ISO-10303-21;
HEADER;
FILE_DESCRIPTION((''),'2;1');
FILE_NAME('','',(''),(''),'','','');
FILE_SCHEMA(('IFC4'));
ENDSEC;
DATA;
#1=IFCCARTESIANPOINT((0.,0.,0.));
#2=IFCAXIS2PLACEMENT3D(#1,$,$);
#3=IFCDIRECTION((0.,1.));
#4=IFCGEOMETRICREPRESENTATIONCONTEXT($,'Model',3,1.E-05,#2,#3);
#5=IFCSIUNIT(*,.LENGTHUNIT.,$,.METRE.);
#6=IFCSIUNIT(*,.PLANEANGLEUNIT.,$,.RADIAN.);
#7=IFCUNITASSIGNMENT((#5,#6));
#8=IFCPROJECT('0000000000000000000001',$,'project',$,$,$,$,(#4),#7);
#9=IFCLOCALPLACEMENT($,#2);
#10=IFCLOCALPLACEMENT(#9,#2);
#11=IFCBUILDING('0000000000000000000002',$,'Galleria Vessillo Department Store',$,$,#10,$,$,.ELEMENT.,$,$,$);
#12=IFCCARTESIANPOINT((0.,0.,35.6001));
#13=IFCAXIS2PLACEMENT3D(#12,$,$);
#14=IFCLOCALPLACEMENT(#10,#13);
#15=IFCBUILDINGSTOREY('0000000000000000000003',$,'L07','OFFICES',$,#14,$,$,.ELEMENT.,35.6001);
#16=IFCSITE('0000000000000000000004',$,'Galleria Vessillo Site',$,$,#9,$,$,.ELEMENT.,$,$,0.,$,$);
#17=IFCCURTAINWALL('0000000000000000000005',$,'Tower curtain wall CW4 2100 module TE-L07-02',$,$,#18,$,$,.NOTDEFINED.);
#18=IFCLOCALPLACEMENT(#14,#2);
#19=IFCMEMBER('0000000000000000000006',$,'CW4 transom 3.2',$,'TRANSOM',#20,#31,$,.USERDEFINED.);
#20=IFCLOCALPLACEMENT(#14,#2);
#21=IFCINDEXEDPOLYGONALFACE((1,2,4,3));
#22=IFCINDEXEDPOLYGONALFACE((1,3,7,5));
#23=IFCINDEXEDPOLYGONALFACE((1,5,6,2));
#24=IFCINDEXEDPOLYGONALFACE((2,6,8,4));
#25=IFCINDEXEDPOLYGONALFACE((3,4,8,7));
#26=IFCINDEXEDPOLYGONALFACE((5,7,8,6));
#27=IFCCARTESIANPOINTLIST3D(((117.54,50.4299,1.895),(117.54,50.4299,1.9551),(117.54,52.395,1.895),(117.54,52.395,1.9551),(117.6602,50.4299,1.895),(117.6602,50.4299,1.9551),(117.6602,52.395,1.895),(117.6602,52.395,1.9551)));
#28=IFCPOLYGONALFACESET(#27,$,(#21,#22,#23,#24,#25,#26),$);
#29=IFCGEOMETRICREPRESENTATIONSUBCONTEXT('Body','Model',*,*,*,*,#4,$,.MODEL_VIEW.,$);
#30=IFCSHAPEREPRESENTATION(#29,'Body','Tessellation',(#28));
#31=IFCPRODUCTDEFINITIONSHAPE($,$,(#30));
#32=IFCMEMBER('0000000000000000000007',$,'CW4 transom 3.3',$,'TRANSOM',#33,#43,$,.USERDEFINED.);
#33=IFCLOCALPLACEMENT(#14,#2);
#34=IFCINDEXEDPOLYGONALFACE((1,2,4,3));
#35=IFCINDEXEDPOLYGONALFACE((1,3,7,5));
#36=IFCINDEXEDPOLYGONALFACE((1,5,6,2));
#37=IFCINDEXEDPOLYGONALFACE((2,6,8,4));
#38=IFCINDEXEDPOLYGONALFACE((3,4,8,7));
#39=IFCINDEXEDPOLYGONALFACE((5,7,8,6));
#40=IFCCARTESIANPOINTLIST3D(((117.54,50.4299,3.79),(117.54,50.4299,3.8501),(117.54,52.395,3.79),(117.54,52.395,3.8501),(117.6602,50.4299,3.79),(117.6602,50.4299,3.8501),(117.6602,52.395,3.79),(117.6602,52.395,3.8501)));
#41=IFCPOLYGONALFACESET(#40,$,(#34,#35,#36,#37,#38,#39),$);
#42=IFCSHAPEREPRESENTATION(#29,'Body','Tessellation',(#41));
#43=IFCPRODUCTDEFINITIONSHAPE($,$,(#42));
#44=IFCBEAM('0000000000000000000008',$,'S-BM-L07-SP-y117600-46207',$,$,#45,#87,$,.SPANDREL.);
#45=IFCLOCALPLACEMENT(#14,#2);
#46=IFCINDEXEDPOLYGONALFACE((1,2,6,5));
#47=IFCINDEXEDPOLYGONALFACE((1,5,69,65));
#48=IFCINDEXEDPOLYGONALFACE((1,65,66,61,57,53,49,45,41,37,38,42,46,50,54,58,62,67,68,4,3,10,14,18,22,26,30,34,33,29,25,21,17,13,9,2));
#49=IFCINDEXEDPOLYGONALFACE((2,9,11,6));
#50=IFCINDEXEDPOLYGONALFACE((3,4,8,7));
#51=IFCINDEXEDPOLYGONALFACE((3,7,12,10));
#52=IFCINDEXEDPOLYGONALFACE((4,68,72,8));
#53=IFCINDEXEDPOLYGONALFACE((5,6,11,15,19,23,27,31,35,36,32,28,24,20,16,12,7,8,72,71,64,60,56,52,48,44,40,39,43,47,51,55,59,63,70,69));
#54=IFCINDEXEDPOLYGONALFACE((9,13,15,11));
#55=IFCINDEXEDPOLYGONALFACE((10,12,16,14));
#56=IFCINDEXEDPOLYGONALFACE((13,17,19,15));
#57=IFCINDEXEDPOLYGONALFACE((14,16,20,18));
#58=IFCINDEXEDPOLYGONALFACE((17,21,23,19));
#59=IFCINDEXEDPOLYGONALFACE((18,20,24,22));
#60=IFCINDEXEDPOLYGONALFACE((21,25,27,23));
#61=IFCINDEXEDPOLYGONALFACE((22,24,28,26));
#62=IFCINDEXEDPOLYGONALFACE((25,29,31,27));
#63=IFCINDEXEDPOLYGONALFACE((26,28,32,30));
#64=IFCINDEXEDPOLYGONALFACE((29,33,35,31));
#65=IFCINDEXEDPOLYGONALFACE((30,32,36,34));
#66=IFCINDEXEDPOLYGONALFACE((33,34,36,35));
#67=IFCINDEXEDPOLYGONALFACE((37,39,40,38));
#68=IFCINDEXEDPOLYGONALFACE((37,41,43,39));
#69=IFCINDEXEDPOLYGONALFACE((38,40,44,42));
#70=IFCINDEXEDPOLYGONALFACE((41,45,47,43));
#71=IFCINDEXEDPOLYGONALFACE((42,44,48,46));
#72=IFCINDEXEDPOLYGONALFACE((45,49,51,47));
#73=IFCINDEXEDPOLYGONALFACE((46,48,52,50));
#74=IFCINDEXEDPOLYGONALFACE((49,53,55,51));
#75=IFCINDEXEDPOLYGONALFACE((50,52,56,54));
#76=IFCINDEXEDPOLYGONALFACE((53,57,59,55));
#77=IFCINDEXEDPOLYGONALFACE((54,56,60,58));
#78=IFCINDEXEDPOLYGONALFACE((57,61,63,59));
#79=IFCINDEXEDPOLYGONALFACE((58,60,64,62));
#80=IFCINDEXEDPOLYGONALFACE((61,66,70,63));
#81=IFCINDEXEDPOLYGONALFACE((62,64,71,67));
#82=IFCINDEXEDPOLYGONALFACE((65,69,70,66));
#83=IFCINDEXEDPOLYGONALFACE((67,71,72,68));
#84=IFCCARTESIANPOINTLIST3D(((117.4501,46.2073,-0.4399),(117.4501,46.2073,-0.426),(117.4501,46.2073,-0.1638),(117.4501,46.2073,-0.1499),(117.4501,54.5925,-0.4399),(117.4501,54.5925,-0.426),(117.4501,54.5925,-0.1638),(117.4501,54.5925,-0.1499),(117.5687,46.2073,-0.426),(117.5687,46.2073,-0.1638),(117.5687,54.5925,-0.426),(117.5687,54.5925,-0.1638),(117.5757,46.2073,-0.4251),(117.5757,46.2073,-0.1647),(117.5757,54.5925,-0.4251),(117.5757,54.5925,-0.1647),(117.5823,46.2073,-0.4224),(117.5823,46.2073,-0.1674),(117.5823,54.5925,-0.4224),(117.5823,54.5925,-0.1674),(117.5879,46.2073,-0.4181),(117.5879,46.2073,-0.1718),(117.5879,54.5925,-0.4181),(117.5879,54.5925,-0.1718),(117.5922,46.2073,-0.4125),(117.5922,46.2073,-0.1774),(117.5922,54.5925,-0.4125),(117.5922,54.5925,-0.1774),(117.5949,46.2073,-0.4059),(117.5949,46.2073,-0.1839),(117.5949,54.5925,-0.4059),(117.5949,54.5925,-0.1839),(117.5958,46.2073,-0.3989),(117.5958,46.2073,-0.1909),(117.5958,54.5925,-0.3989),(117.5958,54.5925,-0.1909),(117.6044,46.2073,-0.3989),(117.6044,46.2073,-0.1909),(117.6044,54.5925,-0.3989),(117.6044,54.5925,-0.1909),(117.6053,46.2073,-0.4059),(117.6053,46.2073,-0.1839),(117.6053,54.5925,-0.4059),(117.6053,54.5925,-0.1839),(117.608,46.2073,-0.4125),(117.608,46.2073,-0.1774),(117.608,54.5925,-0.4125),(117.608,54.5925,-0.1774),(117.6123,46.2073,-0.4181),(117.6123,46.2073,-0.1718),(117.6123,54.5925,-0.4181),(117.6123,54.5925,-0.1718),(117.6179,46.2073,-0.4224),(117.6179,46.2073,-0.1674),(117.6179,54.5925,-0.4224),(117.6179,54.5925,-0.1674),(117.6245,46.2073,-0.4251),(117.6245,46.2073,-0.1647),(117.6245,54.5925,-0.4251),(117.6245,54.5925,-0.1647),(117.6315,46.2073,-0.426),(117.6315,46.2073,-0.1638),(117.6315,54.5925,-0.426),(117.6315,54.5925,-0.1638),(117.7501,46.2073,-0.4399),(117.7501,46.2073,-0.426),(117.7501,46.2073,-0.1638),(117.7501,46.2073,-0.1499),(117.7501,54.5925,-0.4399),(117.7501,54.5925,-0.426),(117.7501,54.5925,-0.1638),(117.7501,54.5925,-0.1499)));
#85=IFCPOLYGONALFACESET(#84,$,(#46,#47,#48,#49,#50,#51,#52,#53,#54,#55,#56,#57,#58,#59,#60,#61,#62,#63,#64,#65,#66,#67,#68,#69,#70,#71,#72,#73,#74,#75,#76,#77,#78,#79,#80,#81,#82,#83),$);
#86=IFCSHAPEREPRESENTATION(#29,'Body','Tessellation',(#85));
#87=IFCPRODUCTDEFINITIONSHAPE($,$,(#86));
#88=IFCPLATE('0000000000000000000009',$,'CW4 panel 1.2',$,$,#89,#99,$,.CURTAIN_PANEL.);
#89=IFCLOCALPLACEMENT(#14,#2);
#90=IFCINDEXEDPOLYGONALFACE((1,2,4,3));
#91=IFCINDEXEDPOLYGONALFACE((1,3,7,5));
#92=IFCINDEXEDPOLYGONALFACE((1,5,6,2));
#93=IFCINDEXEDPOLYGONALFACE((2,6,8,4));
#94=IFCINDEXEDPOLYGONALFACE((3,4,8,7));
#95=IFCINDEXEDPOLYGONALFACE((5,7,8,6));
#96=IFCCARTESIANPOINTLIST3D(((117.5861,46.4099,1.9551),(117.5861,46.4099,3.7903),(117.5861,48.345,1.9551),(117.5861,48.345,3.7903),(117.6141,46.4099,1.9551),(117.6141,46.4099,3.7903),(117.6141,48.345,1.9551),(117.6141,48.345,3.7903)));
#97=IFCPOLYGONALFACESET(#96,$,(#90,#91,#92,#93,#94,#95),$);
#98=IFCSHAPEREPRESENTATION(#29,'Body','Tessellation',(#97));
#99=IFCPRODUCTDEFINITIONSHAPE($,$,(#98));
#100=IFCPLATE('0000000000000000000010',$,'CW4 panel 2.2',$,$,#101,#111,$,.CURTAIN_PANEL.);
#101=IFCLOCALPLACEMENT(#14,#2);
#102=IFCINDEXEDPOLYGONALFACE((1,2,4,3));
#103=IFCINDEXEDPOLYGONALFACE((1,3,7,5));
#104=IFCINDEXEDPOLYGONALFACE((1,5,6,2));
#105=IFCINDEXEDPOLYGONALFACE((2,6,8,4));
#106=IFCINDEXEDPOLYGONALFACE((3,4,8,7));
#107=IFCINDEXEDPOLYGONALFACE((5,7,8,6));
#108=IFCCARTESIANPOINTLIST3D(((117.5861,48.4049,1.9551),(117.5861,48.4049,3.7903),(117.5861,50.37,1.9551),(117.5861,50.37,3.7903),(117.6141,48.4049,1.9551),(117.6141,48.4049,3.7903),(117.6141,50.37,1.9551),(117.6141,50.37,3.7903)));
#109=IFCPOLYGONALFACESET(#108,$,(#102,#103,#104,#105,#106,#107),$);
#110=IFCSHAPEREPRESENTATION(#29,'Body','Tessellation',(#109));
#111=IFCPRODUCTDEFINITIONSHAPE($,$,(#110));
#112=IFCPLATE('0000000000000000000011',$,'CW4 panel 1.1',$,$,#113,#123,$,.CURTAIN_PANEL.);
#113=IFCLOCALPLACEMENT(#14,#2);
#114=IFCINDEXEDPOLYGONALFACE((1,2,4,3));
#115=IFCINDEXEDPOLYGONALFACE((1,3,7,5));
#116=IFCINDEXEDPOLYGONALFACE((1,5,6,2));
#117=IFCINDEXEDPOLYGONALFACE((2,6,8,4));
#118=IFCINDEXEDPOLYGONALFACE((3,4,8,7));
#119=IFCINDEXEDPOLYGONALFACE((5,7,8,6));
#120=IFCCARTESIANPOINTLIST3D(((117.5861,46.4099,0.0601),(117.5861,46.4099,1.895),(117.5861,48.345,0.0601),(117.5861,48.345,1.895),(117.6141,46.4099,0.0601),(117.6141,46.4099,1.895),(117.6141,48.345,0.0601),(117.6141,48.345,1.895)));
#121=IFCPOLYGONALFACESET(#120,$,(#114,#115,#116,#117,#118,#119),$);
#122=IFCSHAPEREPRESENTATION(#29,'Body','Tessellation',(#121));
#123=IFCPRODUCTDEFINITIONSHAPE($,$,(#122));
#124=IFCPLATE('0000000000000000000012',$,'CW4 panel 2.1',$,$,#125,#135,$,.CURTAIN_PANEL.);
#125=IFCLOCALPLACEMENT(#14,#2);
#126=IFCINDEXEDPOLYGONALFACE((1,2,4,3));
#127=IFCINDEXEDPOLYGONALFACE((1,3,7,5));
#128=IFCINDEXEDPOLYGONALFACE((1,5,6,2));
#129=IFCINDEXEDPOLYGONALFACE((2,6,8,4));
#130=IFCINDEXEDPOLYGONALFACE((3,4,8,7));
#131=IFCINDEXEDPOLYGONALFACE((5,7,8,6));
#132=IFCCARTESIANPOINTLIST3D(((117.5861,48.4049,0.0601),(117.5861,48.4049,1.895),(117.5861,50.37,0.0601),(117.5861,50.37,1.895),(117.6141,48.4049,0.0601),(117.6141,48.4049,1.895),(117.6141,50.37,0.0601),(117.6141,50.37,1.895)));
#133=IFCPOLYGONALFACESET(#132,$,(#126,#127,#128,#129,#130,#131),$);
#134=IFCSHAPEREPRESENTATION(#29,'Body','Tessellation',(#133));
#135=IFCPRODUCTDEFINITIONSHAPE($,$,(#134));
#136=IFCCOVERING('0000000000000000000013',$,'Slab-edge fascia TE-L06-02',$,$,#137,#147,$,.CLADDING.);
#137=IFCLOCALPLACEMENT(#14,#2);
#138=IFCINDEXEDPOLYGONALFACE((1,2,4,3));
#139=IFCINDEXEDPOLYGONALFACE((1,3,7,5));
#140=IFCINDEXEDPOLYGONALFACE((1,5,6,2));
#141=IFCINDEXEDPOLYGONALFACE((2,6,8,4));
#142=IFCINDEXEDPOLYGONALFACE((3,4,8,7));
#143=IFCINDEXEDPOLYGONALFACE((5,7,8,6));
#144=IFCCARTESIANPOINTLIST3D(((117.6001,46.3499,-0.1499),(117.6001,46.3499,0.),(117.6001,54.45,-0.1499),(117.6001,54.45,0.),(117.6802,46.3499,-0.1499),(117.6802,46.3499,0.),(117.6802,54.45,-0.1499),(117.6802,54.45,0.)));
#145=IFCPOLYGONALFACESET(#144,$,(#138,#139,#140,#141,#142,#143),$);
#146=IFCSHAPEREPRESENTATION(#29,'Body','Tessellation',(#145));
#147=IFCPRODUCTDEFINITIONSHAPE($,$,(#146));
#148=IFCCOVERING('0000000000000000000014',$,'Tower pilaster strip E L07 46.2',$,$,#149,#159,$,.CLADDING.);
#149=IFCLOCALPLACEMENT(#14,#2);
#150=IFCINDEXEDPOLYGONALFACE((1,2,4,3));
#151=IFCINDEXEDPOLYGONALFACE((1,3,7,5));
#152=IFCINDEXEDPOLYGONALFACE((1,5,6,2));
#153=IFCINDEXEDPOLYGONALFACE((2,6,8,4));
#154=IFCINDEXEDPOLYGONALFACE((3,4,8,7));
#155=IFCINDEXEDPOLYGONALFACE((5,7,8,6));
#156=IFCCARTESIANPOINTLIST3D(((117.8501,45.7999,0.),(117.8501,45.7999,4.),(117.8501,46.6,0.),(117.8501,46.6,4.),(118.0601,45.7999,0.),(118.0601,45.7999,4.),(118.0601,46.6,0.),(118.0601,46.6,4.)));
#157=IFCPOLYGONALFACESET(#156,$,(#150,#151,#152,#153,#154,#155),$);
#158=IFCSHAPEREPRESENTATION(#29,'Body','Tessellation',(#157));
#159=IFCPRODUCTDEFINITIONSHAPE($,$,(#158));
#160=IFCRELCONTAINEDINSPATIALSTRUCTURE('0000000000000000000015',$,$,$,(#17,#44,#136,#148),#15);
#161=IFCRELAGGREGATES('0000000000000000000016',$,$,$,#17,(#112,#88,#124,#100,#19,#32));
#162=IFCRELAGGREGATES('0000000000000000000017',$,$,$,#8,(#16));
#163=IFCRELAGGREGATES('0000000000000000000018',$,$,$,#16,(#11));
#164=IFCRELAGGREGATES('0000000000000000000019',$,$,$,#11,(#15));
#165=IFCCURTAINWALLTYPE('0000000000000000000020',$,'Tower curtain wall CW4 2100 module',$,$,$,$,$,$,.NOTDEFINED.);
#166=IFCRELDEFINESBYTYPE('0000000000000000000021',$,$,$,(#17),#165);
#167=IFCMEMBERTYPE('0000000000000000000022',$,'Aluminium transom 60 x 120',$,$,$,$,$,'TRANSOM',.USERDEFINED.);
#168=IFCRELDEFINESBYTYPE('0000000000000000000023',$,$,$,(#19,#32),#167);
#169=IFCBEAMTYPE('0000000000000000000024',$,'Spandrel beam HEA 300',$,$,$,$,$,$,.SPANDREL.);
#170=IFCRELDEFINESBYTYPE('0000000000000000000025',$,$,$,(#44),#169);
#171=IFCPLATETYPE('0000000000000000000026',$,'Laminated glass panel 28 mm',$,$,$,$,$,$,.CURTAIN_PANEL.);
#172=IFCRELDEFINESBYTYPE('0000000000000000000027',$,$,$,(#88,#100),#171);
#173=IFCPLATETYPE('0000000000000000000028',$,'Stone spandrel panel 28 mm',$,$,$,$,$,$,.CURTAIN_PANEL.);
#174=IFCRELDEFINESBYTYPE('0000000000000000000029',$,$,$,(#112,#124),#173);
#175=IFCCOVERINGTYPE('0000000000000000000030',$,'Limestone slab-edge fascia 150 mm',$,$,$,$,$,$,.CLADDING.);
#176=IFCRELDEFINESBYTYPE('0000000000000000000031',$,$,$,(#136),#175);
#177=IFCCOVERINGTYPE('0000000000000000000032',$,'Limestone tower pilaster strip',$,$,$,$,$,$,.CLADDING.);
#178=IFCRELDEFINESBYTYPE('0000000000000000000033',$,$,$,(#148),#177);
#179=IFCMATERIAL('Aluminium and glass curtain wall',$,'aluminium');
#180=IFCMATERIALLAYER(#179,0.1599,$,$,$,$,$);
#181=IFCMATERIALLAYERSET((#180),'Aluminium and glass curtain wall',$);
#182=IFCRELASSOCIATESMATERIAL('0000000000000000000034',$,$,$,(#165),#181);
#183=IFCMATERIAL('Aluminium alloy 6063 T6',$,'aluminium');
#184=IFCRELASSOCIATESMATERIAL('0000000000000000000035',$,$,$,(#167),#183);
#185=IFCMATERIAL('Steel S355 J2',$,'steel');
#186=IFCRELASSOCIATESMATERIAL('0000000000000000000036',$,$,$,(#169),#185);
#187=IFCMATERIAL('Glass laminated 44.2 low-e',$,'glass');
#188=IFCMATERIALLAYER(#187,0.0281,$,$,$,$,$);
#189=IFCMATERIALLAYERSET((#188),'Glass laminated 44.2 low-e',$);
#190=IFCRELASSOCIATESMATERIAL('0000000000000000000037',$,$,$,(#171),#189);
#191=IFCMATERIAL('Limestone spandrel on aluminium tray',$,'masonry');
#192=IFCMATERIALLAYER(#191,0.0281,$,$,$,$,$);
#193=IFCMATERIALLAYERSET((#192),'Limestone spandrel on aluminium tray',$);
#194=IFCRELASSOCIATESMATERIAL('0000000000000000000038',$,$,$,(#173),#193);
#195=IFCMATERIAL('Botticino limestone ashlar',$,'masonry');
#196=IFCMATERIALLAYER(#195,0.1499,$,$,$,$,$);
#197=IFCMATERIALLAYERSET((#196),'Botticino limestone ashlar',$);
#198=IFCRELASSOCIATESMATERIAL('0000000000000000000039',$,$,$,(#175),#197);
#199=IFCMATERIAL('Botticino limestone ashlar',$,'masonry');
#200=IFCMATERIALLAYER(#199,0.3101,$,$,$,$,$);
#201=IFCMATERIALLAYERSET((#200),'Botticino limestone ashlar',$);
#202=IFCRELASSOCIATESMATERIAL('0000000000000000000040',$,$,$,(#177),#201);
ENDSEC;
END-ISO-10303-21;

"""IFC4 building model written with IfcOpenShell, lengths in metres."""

from ifc_helpers import new_model, si_unit, direction, frame, origin, origin_2d, place, context, subcontext, project, spatial, rectangle, i_section, extrude, material, layer, layer_set, material_profile, profile_set, type_object, element, aggregate, save


model = new_model("IFC4")

# Units and contexts
model_context = context("Model", 3, precision=1e-05, world=origin(), true_north=direction((0.0, 1.0)))
body_context = subcontext(model_context, "Body", "Model", "MODEL_VIEW")
ifc_project = project(units=[si_unit("LENGTHUNIT", "METRE"), si_unit("PLANEANGLEUNIT", "RADIAN")], contexts=[model_context])

# Site, building, storey
site_placement = place(None, origin())
site = spatial("IfcSite", under=ifc_project, at=site_placement, Name="Galleria Vessillo Site", CompositionType="ELEMENT", RefElevation=0.0)
building_placement = place(site_placement, origin())
building = spatial("IfcBuilding", under=site, at=building_placement, Name="Galleria Vessillo Department Store", CompositionType="ELEMENT")
storey_placement = place(building_placement, frame((0.0, 0.0, 35.6001)))
storey = spatial("IfcBuildingStorey", under=building, at=storey_placement, Name="L07", Description="OFFICES", CompositionType="ELEMENT", Elevation=35.6001)

# Shared definitions
ifc_material_1 = material(Name="Aluminium and glass curtain wall", Category="aluminium")
ifc_layer_1 = layer(ifc_material_1, 0.1599)
ifc_layer_set_1 = layer_set([ifc_layer_1], Name="Aluminium and glass curtain wall")
curtain_wall_type = type_object("IfcCurtainWallType", Name="Tower curtain wall CW4 2100 module", PredefinedType="NOTDEFINED", material=ifc_layer_set_1)

# Curtain wall, members
curtain_wall_1_placement = place(storey_placement, origin())
curtain_wall_1 = element("IfcCurtainWall", 1, at=curtain_wall_1_placement, inside=storey, type_object=curtain_wall_type, Name="Tower curtain wall CW4 2100 module TE-L07-02", PredefinedType="NOTDEFINED")
ifc_material_2 = material(Name="Aluminium alloy 6063 T6", Category="aluminium")
ifc_material_profile_1 = material_profile(ifc_material_2, rectangle(XDim=0.1201, YDim=0.0601, at=origin_2d()), Name="AL 60x120")
ifc_profile_set_1 = profile_set([ifc_material_profile_1], Name="Aluminium alloy 6063 T6")
member_type_1 = type_object("IfcMemberType", Name="Aluminium transom 60 x 120", ElementType="TRANSOM", PredefinedType="USERDEFINED", material=ifc_profile_set_1)
member_1_placement = place(storey_placement, frame((117.6001, 50.4299, 1.925), z_axis=(0.0, 1.0, 0.0), x_axis=(-1.0, 0.0, 0.0)))
member_1 = element("IfcMember", 2, at=member_1_placement, type_object=member_type_1, Name="CW4 transom 3.2", ObjectType="TRANSOM", PredefinedType="USERDEFINED", context=body_context, shape_type="SweptSolid", body=[
    extrude(rectangle(XDim=0.1201, YDim=0.0601, at=origin_2d()), origin(), (0.0, 0.0, 1.0), 1.9651),
])
member_2_placement = place(storey_placement, frame((117.6001, 50.4299, 3.8201), z_axis=(0.0, 1.0, 0.0), x_axis=(-1.0, 0.0, 0.0)))
member_2 = element("IfcMember", 3, at=member_2_placement, type_object=member_type_1, Name="CW4 transom 3.3", ObjectType="TRANSOM", PredefinedType="USERDEFINED", context=body_context, shape_type="SweptSolid", body=[
    extrude(rectangle(XDim=0.1201, YDim=0.0601, at=origin_2d()), origin(), (0.0, 0.0, 1.0), 1.9651),
])

# Beam
ifc_material_3 = material(Name="Steel S355 J2", Category="steel")
ifc_material_profile_2 = material_profile(ifc_material_3, i_section(OverallWidth=0.3, OverallDepth=0.29, WebThickness=0.0085, FlangeThickness=0.0139, FilletRadius=0.0271, at=origin_2d()), Name="HEA 300")
ifc_profile_set_2 = profile_set([ifc_material_profile_2], Name="Steel S355 J2")
beam_type = type_object("IfcBeamType", Name="Spandrel beam HEA 300", PredefinedType="SPANDREL", material=ifc_profile_set_2)
beam_placement = place(storey_placement, frame((117.6001, 46.2073, -0.2949), z_axis=(0.0, 1.0, 0.0), x_axis=(-1.0, 0.0, 0.0)))
element("IfcBeam", 4, at=beam_placement, inside=storey, type_object=beam_type, Name="S-BM-L07-SP-y117600-46207", PredefinedType="SPANDREL", context=body_context, shape_type="SweptSolid", body=[
    extrude(i_section(OverallWidth=0.3, OverallDepth=0.29, WebThickness=0.0085, FlangeThickness=0.0139, FilletRadius=0.0271, at=origin_2d()), origin(), (0.0, 0.0, 1.0), 8.3853),
])

# Plates
ifc_material_4 = material(Name="Glass laminated 44.2 low-e", Category="glass")
ifc_layer_2 = layer(ifc_material_4, 0.0281)
ifc_layer_set_2 = layer_set([ifc_layer_2], Name="Glass laminated 44.2 low-e")
plate_type_1 = type_object("IfcPlateType", Name="Laminated glass panel 28 mm", PredefinedType="CURTAIN_PANEL", material=ifc_layer_set_2)
plate_1_placement = place(storey_placement, frame((117.6001, 47.3774, 1.9551), z_axis=(0.0, 0.0, 1.0), x_axis=(0.0, 1.0, 0.0)))
plate_1 = element("IfcPlate", 5, at=plate_1_placement, type_object=plate_type_1, Name="CW4 panel 1.2", PredefinedType="CURTAIN_PANEL", context=body_context, shape_type="SweptSolid", body=[
    extrude(rectangle(XDim=1.9351, YDim=0.0281, at=origin_2d()), origin(), (0.0, 0.0, 1.0), 1.8352),
])
plate_2_placement = place(storey_placement, frame((117.6001, 49.3875, 1.9551), z_axis=(0.0, 0.0, 1.0), x_axis=(0.0, 1.0, 0.0)))
plate_2 = element("IfcPlate", 6, at=plate_2_placement, type_object=plate_type_1, Name="CW4 panel 2.2", PredefinedType="CURTAIN_PANEL", context=body_context, shape_type="SweptSolid", body=[
    extrude(rectangle(XDim=1.9651, YDim=0.0281, at=origin_2d()), origin(), (0.0, 0.0, 1.0), 1.8352),
])
ifc_material_5 = material(Name="Limestone spandrel on aluminium tray", Category="masonry")
ifc_layer_3 = layer(ifc_material_5, 0.0281)
ifc_layer_set_3 = layer_set([ifc_layer_3], Name="Limestone spandrel on aluminium tray")
plate_type_2 = type_object("IfcPlateType", Name="Stone spandrel panel 28 mm", PredefinedType="CURTAIN_PANEL", material=ifc_layer_set_3)
plate_3_placement = place(storey_placement, frame((117.6001, 47.3774, 0.0601), z_axis=(0.0, 0.0, 1.0), x_axis=(0.0, 1.0, 0.0)))
plate_3 = element("IfcPlate", 7, at=plate_3_placement, type_object=plate_type_2, Name="CW4 panel 1.1", PredefinedType="CURTAIN_PANEL", context=body_context, shape_type="SweptSolid", body=[
    extrude(rectangle(XDim=1.9351, YDim=0.0281, at=origin_2d()), origin(), (0.0, 0.0, 1.0), 1.835),
])
plate_4_placement = place(storey_placement, frame((117.6001, 49.3875, 0.0601), z_axis=(0.0, 0.0, 1.0), x_axis=(0.0, 1.0, 0.0)))
plate_4 = element("IfcPlate", 8, at=plate_4_placement, type_object=plate_type_2, Name="CW4 panel 2.1", PredefinedType="CURTAIN_PANEL", context=body_context, shape_type="SweptSolid", body=[
    extrude(rectangle(XDim=1.9651, YDim=0.0281, at=origin_2d()), origin(), (0.0, 0.0, 1.0), 1.835),
])
aggregate(curtain_wall_1, [plate_3, plate_1, plate_4, plate_2, member_1, member_2])

# Coverings
ifc_material_6 = material(Name="Botticino limestone ashlar", Category="masonry")
ifc_layer_4 = layer(ifc_material_6, 0.1499)
ifc_layer_set_4 = layer_set([ifc_layer_4], Name="Botticino limestone ashlar")
covering_type_1 = type_object("IfcCoveringType", Name="Limestone slab-edge fascia 150 mm", PredefinedType="CLADDING", material=ifc_layer_set_4)
covering_1_placement = place(storey_placement, frame((117.6401, 50.3999, -0.1499), z_axis=(0.0, 0.0, 1.0), x_axis=(1.0, 0.0, 0.0)))
element("IfcCovering", 9, at=covering_1_placement, inside=storey, type_object=covering_type_1, Name="Slab-edge fascia TE-L06-02", PredefinedType="CLADDING", context=body_context, shape_type="SweptSolid", body=[
    extrude(rectangle(XDim=0.0801, YDim=8.1001, at=origin_2d()), origin(), (0.0, 0.0, 1.0), 0.1499),
])
ifc_material_7 = material(Name="Botticino limestone ashlar", Category="masonry")
ifc_layer_5 = layer(ifc_material_7, 0.3101)
ifc_layer_set_5 = layer_set([ifc_layer_5], Name="Botticino limestone ashlar")
covering_type_2 = type_object("IfcCoveringType", Name="Limestone tower pilaster strip", PredefinedType="CLADDING", material=ifc_layer_set_5)
covering_2_placement = place(storey_placement, frame((117.9551, 46.2, 0.0), z_axis=(0.0, 0.0, 1.0), x_axis=(1.0, 0.0, 0.0)))
element("IfcCovering", 10, at=covering_2_placement, inside=storey, type_object=covering_type_2, Name="Tower pilaster strip E L07 46.2", PredefinedType="CLADDING", context=body_context, shape_type="SweptSolid", body=[
    extrude(rectangle(XDim=0.21, YDim=0.8, at=origin_2d()), origin(), (0.0, 0.0, 1.0), 4.0),
])

save(model, "model.ifc")
